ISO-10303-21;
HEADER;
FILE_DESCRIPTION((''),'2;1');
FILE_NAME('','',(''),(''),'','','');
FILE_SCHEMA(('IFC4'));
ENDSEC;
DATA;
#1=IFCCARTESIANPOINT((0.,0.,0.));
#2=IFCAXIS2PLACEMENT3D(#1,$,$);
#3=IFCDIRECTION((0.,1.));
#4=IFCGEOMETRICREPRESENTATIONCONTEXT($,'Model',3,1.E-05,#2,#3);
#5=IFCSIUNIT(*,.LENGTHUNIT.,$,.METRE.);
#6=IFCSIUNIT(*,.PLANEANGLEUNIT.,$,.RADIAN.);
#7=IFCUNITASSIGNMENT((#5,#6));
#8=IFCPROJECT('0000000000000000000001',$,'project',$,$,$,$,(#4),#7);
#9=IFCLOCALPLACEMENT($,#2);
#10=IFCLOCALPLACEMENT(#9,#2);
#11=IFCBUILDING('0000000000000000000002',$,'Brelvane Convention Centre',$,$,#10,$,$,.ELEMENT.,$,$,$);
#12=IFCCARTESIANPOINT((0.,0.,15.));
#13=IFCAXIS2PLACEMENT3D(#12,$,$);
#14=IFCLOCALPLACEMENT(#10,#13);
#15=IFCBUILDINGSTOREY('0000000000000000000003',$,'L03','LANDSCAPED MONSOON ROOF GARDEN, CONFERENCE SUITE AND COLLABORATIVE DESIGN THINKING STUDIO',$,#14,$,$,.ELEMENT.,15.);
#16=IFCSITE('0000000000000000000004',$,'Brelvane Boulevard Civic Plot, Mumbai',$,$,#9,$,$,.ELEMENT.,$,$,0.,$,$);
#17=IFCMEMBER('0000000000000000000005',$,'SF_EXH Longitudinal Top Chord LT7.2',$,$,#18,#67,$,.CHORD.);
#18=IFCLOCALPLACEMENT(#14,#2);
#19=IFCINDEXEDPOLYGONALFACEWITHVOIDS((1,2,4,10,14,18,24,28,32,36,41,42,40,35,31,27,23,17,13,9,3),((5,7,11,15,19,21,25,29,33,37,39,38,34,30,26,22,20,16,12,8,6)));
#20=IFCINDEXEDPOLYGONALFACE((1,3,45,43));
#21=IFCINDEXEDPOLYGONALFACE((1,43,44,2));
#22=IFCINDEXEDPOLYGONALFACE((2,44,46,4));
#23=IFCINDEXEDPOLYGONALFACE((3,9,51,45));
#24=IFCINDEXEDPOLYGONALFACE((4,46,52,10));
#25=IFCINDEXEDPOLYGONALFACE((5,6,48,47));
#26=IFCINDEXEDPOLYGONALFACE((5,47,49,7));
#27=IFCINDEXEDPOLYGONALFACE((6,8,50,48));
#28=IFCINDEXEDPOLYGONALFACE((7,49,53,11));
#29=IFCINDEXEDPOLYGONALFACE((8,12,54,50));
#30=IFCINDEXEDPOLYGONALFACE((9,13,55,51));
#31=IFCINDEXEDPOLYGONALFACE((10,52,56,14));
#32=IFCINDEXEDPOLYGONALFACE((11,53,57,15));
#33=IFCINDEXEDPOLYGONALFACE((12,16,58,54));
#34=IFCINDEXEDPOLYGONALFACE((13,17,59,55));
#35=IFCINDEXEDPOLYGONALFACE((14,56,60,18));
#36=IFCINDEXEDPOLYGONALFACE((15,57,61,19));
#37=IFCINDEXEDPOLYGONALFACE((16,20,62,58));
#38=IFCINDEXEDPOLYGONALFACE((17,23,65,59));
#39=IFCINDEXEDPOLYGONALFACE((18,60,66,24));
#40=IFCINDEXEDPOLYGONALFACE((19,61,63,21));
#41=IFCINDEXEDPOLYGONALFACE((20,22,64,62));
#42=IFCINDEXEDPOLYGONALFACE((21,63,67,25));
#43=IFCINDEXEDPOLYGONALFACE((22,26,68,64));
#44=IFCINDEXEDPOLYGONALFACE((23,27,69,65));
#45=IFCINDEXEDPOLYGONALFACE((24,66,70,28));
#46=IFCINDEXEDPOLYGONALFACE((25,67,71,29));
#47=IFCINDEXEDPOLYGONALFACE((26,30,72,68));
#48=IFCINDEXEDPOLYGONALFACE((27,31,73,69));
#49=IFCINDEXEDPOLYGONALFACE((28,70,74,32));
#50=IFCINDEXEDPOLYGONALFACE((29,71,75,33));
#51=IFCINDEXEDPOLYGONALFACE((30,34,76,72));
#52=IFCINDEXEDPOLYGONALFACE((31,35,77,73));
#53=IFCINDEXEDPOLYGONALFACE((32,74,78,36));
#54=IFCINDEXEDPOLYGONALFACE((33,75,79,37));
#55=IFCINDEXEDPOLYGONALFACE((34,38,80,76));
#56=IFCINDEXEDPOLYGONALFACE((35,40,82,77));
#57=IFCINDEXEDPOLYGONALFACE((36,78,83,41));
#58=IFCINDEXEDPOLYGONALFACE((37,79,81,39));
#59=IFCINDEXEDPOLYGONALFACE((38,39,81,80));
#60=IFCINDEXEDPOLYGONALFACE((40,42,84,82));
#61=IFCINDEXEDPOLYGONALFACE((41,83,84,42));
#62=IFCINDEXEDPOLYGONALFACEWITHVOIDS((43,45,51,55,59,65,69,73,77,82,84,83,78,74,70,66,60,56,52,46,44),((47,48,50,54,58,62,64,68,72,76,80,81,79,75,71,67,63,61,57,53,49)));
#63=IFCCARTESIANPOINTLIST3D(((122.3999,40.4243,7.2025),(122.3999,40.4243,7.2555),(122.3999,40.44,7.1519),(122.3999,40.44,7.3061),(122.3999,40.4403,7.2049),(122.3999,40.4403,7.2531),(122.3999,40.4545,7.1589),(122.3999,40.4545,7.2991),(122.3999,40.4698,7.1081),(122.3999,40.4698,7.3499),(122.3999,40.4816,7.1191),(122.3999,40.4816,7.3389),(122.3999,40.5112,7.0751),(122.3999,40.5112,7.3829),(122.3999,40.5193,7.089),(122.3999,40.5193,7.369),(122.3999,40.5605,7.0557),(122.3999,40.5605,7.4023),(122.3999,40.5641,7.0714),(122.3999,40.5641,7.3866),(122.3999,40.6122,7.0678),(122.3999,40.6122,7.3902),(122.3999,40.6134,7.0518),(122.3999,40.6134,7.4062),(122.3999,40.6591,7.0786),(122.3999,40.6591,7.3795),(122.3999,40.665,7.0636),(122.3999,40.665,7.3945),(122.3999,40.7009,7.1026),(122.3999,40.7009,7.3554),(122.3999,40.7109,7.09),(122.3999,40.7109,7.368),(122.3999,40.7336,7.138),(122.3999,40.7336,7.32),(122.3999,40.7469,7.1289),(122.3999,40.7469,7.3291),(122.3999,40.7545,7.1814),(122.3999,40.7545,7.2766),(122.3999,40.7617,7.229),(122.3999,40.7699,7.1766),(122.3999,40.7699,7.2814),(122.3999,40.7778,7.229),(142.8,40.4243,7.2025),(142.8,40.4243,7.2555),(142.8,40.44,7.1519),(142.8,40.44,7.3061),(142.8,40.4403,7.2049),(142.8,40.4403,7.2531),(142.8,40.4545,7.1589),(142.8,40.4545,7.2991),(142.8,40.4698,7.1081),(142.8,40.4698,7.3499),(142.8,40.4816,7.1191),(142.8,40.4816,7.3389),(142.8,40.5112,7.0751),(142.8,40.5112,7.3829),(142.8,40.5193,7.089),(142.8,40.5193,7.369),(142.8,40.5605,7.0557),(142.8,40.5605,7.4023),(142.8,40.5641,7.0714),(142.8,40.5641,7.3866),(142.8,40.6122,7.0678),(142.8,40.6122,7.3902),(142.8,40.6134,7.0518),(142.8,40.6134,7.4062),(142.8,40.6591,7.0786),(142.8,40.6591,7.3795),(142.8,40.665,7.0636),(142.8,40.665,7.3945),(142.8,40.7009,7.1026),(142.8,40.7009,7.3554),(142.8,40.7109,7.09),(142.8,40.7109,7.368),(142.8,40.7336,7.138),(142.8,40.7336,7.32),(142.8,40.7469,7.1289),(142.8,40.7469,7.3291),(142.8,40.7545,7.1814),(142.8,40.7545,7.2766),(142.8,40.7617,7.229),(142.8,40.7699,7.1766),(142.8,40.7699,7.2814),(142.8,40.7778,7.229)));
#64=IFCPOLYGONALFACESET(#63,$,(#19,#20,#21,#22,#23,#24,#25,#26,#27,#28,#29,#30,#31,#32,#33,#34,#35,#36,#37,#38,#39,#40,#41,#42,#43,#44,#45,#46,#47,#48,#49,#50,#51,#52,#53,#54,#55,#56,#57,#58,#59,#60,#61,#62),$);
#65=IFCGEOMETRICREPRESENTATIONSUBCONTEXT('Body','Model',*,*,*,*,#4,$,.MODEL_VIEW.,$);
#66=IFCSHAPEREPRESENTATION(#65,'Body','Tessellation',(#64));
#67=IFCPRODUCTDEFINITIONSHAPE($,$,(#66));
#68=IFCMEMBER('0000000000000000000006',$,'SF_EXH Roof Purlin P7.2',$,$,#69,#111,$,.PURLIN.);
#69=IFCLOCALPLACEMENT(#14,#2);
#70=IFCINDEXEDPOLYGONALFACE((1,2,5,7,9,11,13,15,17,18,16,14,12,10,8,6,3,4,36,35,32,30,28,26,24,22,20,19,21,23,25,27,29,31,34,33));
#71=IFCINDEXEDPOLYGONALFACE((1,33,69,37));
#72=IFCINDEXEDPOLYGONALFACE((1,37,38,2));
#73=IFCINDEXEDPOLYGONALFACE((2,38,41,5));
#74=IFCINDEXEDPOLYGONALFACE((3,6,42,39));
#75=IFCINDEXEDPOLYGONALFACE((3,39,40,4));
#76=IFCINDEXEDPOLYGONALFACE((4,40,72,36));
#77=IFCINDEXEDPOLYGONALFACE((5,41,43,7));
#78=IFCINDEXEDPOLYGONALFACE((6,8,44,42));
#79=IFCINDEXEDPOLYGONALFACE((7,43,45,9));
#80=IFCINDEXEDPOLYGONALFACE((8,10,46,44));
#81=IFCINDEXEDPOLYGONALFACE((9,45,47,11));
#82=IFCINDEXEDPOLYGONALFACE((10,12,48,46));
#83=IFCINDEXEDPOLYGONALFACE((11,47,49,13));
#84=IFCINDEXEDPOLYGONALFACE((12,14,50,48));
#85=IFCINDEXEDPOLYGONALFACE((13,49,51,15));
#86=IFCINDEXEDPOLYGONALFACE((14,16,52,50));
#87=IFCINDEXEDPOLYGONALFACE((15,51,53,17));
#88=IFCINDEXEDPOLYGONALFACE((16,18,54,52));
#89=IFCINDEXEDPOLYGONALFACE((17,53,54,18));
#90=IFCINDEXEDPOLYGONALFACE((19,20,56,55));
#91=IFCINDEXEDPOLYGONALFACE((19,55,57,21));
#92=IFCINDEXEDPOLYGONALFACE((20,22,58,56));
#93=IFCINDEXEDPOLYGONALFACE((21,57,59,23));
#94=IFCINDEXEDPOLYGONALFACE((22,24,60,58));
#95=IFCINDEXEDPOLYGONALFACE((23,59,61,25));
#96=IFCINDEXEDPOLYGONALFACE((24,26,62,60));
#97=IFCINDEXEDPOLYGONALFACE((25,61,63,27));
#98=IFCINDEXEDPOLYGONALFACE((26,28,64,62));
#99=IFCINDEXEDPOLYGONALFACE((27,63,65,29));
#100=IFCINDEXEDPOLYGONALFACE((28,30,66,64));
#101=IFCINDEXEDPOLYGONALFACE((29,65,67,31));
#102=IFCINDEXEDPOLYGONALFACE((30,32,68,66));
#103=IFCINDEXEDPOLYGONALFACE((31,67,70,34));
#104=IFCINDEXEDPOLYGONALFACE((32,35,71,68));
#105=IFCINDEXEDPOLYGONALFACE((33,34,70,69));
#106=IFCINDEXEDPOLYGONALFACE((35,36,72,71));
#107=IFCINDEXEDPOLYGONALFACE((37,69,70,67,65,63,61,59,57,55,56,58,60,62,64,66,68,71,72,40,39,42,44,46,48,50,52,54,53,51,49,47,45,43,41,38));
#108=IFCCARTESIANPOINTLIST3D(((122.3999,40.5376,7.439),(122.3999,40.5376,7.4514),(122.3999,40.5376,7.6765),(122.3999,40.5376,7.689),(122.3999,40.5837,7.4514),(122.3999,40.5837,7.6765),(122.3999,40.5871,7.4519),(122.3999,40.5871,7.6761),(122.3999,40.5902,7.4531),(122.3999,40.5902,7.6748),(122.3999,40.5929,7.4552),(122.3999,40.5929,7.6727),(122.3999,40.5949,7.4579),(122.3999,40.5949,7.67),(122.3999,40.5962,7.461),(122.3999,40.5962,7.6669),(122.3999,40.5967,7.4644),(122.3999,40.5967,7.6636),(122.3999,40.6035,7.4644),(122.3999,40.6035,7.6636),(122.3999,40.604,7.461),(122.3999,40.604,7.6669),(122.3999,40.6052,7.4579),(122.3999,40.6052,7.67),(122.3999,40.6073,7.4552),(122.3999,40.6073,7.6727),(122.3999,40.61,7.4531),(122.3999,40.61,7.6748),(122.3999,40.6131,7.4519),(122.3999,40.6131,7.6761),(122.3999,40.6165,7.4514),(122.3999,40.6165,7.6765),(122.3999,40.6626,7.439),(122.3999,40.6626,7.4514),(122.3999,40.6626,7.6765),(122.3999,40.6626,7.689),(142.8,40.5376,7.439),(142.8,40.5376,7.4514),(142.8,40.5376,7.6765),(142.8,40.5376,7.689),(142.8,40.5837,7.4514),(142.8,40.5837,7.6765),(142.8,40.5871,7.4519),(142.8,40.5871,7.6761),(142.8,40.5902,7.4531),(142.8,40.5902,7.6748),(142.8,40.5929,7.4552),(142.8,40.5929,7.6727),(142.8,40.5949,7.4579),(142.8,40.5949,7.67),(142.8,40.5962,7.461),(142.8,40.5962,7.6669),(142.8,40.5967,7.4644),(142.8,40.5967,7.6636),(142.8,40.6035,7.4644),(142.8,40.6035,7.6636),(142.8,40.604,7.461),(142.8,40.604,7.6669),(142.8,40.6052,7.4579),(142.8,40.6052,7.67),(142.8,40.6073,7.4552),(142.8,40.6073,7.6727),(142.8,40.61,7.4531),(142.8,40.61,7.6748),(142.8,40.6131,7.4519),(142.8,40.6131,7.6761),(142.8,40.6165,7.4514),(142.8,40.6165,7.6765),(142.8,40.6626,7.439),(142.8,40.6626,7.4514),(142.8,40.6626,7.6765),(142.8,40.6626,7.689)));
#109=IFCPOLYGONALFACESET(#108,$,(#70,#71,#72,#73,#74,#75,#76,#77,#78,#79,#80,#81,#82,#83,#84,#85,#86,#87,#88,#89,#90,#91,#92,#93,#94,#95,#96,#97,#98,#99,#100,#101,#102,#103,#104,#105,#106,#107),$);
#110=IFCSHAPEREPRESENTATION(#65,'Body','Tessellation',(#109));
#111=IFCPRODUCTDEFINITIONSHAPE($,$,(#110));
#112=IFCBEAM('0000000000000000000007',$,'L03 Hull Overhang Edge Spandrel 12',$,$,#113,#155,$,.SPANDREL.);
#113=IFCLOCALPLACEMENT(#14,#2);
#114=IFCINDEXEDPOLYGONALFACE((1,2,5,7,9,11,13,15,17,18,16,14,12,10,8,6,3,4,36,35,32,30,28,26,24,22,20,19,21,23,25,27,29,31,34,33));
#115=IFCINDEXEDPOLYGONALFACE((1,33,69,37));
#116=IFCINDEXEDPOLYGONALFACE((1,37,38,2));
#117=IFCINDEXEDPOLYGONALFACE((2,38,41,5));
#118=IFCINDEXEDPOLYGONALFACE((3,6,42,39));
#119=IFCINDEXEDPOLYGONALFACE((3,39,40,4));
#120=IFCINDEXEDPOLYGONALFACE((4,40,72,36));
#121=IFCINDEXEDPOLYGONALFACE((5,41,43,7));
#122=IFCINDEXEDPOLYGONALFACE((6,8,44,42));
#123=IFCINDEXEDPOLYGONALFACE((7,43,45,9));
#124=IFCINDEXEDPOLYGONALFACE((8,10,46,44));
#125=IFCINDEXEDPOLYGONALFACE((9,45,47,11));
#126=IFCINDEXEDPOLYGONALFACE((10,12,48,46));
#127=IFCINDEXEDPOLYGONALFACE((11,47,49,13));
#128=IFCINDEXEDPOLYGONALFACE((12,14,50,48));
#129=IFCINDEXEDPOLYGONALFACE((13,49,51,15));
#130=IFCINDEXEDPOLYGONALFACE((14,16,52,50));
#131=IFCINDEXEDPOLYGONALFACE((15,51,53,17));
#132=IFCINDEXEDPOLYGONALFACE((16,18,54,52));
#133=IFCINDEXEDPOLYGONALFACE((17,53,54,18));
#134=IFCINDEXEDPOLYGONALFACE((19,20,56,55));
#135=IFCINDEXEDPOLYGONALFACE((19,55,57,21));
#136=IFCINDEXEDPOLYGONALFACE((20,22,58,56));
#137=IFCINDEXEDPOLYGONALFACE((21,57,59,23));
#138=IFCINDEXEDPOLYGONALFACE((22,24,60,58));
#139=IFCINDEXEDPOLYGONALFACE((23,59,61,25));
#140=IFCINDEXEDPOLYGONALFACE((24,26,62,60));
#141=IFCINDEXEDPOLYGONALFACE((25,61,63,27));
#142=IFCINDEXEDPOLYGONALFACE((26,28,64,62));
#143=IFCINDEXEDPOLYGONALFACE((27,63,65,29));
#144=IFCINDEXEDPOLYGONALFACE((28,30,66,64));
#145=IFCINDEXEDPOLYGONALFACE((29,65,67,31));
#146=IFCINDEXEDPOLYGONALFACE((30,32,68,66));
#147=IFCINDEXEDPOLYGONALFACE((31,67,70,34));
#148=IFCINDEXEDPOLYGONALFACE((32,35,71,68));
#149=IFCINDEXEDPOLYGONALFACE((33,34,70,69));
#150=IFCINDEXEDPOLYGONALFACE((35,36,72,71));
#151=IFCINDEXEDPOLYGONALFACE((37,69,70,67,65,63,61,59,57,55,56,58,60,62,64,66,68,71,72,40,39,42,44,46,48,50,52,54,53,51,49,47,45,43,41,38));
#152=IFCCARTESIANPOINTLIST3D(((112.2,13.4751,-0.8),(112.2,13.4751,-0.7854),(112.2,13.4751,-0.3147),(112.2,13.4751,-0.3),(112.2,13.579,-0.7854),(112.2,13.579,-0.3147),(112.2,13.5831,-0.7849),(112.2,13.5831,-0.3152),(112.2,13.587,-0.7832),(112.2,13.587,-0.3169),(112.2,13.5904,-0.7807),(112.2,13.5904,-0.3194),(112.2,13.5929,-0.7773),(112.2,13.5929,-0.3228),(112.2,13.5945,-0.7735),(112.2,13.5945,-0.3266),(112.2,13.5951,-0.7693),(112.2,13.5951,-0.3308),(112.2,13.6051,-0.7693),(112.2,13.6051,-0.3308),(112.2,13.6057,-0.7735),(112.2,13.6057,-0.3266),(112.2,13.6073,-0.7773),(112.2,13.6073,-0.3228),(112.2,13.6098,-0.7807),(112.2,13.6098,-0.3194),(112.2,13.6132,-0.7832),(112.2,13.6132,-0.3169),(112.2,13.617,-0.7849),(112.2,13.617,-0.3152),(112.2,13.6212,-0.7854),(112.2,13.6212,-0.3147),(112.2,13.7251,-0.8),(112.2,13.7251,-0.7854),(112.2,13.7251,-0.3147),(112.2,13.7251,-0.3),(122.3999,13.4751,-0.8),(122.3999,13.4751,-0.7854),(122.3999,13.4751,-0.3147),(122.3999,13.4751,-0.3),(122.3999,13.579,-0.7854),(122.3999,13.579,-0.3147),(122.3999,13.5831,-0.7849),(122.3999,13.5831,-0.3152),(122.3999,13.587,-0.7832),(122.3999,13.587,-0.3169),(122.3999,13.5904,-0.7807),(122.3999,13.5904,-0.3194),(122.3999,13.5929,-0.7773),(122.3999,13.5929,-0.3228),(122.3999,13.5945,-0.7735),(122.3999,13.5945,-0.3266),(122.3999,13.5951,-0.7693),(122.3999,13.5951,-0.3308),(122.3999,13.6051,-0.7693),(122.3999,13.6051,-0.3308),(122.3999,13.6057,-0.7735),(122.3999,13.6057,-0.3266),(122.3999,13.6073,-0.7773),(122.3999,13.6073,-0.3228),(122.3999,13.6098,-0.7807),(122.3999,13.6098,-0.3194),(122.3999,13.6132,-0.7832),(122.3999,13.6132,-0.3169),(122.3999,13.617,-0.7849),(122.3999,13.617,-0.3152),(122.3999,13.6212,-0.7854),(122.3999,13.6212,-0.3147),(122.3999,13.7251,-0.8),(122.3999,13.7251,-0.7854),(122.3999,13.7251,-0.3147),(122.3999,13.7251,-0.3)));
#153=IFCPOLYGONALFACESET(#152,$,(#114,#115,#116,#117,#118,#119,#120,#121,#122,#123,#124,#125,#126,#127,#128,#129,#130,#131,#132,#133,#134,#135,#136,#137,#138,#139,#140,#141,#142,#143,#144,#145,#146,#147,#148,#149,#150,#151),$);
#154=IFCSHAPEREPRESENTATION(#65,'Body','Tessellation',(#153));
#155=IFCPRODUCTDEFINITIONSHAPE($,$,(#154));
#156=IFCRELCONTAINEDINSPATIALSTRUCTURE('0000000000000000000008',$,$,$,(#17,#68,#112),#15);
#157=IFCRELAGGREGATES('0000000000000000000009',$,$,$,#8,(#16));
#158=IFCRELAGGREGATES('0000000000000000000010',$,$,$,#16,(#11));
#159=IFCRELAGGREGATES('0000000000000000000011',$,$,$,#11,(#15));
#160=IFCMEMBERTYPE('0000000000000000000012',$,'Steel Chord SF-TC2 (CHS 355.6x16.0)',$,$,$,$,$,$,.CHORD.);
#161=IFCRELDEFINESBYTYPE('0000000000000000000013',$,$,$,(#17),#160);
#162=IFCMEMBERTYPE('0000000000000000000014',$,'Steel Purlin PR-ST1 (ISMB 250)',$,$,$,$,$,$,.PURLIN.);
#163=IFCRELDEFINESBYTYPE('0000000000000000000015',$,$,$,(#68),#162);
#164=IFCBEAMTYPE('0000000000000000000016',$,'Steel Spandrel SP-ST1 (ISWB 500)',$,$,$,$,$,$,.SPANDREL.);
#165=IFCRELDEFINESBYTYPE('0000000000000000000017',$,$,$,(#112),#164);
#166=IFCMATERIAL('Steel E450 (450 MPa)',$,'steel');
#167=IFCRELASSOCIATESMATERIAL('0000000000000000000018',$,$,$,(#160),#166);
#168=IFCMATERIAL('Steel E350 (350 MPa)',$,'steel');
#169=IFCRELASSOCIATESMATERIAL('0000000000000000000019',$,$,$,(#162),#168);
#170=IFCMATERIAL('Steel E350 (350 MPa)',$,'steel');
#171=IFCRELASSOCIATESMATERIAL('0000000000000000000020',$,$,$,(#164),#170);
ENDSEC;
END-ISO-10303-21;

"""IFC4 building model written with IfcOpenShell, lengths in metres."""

from ifc_helpers import new_model, si_unit, direction, frame, origin, origin_2d, place, context, subcontext, project, spatial, hollow_circle, i_section, extrude, material, material_profile, profile_set, type_object, element, save


model = new_model("IFC4")

# Units and contexts
model_context = context("Model", 3, precision=1e-05, world=origin(), true_north=direction((0.0, 1.0)))
body_context = subcontext(model_context, "Body", "Model", "MODEL_VIEW")
ifc_project = project(units=[si_unit("LENGTHUNIT", "METRE"), si_unit("PLANEANGLEUNIT", "RADIAN")], contexts=[model_context])

# Site, building, storey
site_placement = place(None, origin())
site = spatial("IfcSite", under=ifc_project, at=site_placement, Name="Brelvane Boulevard Civic Plot, Mumbai", CompositionType="ELEMENT", RefElevation=0.0)
building_placement = place(site_placement, origin())
building = spatial("IfcBuilding", under=site, at=building_placement, Name="Brelvane Convention Centre", CompositionType="ELEMENT")
storey_placement = place(building_placement, frame((0.0, 0.0, 15.0)))
storey = spatial("IfcBuildingStorey", under=building, at=storey_placement, Name="L03", Description="LANDSCAPED MONSOON ROOF GARDEN, CONFERENCE SUITE AND COLLABORATIVE DESIGN THINKING STUDIO", CompositionType="ELEMENT", Elevation=15.0)

# Members
ifc_material_1 = material(Name="Steel E450 (450 MPa)", Category="steel")
ifc_material_profile_1 = material_profile(ifc_material_1, hollow_circle(Radius=0.1777, WallThickness=0.0161, at=origin_2d()), Name="CHS 355.6x16.0")
ifc_profile_set_1 = profile_set([ifc_material_profile_1], Name="Steel E450 (450 MPa)")
member_type_1 = type_object("IfcMemberType", Name="Steel Chord SF-TC2 (CHS 355.6x16.0)", PredefinedType="CHORD", material=ifc_profile_set_1)
for number, where, z_axis, x_axis, name in (
    (1, (122.3999, 40.6001, 7.229), (1.0, 0.0, 0.0), (0.0, 1.0, 0.0), "SF_EXH Longitudinal Top Chord LT7.2"),
):
    element("IfcMember", number, at=place(storey_placement, frame(where, z_axis=z_axis, x_axis=x_axis)), inside=storey, type_object=member_type_1, Name=name, PredefinedType="CHORD", context=body_context, shape_type="SweptSolid", body=[
        extrude(hollow_circle(Radius=0.1777, WallThickness=0.0161, at=origin_2d()), origin(), (0.0, 0.0, 1.0), 20.4001),
    ])
ifc_material_2 = material(Name="Steel E350 (350 MPa)", Category="steel")
ifc_material_profile_2 = material_profile(ifc_material_2, i_section(OverallWidth=0.125, OverallDepth=0.25, WebThickness=0.0068, FlangeThickness=0.0125, FilletRadius=0.0129, at=origin_2d()), Name="ISMB 250")
ifc_profile_set_2 = profile_set([ifc_material_profile_2], Name="Steel E350 (350 MPa)")
member_type_2 = type_object("IfcMemberType", Name="Steel Purlin PR-ST1 (ISMB 250)", PredefinedType="PURLIN", material=ifc_profile_set_2)
member_1_placement = place(storey_placement, frame((122.3999, 40.6001, 7.564), z_axis=(1.0, 0.0, 0.0), x_axis=(0.0, 1.0, 0.0)))
element("IfcMember", 2, at=member_1_placement, inside=storey, type_object=member_type_2, Name="SF_EXH Roof Purlin P7.2", PredefinedType="PURLIN", context=body_context, shape_type="SweptSolid", body=[
    extrude(i_section(OverallWidth=0.125, OverallDepth=0.25, WebThickness=0.0068, FlangeThickness=0.0125, FilletRadius=0.0129, at=origin_2d()), origin(), (0.0, 0.0, 1.0), 20.4001),
])

# Beam
ifc_material_3 = material(Name="Steel E350 (350 MPa)", Category="steel")
ifc_material_profile_3 = material_profile(ifc_material_3, i_section(OverallWidth=0.25, OverallDepth=0.5, WebThickness=0.01, FlangeThickness=0.0146, FilletRadius=0.0161, at=origin_2d()), Name="ISWB 500")
ifc_profile_set_3 = profile_set([ifc_material_profile_3], Name="Steel E350 (350 MPa)")
beam_type_1 = type_object("IfcBeamType", Name="Steel Spandrel SP-ST1 (ISWB 500)", PredefinedType="SPANDREL", material=ifc_profile_set_3)
beam_1_placement = place(storey_placement, frame((112.2, 13.6001, -0.55), z_axis=(1.0, 0.0, 0.0), x_axis=(0.0, 1.0, 0.0)))
element("IfcBeam", 3, at=beam_1_placement, inside=storey, type_object=beam_type_1, Name="L03 Hull Overhang Edge Spandrel 12", PredefinedType="SPANDREL", context=body_context, shape_type="SweptSolid", body=[
    extrude(i_section(OverallWidth=0.25, OverallDepth=0.5, WebThickness=0.01, FlangeThickness=0.0146, FilletRadius=0.0161, at=origin_2d()), origin(), (0.0, 0.0, 1.0), 10.2),
])

save(model, "model.ifc")
